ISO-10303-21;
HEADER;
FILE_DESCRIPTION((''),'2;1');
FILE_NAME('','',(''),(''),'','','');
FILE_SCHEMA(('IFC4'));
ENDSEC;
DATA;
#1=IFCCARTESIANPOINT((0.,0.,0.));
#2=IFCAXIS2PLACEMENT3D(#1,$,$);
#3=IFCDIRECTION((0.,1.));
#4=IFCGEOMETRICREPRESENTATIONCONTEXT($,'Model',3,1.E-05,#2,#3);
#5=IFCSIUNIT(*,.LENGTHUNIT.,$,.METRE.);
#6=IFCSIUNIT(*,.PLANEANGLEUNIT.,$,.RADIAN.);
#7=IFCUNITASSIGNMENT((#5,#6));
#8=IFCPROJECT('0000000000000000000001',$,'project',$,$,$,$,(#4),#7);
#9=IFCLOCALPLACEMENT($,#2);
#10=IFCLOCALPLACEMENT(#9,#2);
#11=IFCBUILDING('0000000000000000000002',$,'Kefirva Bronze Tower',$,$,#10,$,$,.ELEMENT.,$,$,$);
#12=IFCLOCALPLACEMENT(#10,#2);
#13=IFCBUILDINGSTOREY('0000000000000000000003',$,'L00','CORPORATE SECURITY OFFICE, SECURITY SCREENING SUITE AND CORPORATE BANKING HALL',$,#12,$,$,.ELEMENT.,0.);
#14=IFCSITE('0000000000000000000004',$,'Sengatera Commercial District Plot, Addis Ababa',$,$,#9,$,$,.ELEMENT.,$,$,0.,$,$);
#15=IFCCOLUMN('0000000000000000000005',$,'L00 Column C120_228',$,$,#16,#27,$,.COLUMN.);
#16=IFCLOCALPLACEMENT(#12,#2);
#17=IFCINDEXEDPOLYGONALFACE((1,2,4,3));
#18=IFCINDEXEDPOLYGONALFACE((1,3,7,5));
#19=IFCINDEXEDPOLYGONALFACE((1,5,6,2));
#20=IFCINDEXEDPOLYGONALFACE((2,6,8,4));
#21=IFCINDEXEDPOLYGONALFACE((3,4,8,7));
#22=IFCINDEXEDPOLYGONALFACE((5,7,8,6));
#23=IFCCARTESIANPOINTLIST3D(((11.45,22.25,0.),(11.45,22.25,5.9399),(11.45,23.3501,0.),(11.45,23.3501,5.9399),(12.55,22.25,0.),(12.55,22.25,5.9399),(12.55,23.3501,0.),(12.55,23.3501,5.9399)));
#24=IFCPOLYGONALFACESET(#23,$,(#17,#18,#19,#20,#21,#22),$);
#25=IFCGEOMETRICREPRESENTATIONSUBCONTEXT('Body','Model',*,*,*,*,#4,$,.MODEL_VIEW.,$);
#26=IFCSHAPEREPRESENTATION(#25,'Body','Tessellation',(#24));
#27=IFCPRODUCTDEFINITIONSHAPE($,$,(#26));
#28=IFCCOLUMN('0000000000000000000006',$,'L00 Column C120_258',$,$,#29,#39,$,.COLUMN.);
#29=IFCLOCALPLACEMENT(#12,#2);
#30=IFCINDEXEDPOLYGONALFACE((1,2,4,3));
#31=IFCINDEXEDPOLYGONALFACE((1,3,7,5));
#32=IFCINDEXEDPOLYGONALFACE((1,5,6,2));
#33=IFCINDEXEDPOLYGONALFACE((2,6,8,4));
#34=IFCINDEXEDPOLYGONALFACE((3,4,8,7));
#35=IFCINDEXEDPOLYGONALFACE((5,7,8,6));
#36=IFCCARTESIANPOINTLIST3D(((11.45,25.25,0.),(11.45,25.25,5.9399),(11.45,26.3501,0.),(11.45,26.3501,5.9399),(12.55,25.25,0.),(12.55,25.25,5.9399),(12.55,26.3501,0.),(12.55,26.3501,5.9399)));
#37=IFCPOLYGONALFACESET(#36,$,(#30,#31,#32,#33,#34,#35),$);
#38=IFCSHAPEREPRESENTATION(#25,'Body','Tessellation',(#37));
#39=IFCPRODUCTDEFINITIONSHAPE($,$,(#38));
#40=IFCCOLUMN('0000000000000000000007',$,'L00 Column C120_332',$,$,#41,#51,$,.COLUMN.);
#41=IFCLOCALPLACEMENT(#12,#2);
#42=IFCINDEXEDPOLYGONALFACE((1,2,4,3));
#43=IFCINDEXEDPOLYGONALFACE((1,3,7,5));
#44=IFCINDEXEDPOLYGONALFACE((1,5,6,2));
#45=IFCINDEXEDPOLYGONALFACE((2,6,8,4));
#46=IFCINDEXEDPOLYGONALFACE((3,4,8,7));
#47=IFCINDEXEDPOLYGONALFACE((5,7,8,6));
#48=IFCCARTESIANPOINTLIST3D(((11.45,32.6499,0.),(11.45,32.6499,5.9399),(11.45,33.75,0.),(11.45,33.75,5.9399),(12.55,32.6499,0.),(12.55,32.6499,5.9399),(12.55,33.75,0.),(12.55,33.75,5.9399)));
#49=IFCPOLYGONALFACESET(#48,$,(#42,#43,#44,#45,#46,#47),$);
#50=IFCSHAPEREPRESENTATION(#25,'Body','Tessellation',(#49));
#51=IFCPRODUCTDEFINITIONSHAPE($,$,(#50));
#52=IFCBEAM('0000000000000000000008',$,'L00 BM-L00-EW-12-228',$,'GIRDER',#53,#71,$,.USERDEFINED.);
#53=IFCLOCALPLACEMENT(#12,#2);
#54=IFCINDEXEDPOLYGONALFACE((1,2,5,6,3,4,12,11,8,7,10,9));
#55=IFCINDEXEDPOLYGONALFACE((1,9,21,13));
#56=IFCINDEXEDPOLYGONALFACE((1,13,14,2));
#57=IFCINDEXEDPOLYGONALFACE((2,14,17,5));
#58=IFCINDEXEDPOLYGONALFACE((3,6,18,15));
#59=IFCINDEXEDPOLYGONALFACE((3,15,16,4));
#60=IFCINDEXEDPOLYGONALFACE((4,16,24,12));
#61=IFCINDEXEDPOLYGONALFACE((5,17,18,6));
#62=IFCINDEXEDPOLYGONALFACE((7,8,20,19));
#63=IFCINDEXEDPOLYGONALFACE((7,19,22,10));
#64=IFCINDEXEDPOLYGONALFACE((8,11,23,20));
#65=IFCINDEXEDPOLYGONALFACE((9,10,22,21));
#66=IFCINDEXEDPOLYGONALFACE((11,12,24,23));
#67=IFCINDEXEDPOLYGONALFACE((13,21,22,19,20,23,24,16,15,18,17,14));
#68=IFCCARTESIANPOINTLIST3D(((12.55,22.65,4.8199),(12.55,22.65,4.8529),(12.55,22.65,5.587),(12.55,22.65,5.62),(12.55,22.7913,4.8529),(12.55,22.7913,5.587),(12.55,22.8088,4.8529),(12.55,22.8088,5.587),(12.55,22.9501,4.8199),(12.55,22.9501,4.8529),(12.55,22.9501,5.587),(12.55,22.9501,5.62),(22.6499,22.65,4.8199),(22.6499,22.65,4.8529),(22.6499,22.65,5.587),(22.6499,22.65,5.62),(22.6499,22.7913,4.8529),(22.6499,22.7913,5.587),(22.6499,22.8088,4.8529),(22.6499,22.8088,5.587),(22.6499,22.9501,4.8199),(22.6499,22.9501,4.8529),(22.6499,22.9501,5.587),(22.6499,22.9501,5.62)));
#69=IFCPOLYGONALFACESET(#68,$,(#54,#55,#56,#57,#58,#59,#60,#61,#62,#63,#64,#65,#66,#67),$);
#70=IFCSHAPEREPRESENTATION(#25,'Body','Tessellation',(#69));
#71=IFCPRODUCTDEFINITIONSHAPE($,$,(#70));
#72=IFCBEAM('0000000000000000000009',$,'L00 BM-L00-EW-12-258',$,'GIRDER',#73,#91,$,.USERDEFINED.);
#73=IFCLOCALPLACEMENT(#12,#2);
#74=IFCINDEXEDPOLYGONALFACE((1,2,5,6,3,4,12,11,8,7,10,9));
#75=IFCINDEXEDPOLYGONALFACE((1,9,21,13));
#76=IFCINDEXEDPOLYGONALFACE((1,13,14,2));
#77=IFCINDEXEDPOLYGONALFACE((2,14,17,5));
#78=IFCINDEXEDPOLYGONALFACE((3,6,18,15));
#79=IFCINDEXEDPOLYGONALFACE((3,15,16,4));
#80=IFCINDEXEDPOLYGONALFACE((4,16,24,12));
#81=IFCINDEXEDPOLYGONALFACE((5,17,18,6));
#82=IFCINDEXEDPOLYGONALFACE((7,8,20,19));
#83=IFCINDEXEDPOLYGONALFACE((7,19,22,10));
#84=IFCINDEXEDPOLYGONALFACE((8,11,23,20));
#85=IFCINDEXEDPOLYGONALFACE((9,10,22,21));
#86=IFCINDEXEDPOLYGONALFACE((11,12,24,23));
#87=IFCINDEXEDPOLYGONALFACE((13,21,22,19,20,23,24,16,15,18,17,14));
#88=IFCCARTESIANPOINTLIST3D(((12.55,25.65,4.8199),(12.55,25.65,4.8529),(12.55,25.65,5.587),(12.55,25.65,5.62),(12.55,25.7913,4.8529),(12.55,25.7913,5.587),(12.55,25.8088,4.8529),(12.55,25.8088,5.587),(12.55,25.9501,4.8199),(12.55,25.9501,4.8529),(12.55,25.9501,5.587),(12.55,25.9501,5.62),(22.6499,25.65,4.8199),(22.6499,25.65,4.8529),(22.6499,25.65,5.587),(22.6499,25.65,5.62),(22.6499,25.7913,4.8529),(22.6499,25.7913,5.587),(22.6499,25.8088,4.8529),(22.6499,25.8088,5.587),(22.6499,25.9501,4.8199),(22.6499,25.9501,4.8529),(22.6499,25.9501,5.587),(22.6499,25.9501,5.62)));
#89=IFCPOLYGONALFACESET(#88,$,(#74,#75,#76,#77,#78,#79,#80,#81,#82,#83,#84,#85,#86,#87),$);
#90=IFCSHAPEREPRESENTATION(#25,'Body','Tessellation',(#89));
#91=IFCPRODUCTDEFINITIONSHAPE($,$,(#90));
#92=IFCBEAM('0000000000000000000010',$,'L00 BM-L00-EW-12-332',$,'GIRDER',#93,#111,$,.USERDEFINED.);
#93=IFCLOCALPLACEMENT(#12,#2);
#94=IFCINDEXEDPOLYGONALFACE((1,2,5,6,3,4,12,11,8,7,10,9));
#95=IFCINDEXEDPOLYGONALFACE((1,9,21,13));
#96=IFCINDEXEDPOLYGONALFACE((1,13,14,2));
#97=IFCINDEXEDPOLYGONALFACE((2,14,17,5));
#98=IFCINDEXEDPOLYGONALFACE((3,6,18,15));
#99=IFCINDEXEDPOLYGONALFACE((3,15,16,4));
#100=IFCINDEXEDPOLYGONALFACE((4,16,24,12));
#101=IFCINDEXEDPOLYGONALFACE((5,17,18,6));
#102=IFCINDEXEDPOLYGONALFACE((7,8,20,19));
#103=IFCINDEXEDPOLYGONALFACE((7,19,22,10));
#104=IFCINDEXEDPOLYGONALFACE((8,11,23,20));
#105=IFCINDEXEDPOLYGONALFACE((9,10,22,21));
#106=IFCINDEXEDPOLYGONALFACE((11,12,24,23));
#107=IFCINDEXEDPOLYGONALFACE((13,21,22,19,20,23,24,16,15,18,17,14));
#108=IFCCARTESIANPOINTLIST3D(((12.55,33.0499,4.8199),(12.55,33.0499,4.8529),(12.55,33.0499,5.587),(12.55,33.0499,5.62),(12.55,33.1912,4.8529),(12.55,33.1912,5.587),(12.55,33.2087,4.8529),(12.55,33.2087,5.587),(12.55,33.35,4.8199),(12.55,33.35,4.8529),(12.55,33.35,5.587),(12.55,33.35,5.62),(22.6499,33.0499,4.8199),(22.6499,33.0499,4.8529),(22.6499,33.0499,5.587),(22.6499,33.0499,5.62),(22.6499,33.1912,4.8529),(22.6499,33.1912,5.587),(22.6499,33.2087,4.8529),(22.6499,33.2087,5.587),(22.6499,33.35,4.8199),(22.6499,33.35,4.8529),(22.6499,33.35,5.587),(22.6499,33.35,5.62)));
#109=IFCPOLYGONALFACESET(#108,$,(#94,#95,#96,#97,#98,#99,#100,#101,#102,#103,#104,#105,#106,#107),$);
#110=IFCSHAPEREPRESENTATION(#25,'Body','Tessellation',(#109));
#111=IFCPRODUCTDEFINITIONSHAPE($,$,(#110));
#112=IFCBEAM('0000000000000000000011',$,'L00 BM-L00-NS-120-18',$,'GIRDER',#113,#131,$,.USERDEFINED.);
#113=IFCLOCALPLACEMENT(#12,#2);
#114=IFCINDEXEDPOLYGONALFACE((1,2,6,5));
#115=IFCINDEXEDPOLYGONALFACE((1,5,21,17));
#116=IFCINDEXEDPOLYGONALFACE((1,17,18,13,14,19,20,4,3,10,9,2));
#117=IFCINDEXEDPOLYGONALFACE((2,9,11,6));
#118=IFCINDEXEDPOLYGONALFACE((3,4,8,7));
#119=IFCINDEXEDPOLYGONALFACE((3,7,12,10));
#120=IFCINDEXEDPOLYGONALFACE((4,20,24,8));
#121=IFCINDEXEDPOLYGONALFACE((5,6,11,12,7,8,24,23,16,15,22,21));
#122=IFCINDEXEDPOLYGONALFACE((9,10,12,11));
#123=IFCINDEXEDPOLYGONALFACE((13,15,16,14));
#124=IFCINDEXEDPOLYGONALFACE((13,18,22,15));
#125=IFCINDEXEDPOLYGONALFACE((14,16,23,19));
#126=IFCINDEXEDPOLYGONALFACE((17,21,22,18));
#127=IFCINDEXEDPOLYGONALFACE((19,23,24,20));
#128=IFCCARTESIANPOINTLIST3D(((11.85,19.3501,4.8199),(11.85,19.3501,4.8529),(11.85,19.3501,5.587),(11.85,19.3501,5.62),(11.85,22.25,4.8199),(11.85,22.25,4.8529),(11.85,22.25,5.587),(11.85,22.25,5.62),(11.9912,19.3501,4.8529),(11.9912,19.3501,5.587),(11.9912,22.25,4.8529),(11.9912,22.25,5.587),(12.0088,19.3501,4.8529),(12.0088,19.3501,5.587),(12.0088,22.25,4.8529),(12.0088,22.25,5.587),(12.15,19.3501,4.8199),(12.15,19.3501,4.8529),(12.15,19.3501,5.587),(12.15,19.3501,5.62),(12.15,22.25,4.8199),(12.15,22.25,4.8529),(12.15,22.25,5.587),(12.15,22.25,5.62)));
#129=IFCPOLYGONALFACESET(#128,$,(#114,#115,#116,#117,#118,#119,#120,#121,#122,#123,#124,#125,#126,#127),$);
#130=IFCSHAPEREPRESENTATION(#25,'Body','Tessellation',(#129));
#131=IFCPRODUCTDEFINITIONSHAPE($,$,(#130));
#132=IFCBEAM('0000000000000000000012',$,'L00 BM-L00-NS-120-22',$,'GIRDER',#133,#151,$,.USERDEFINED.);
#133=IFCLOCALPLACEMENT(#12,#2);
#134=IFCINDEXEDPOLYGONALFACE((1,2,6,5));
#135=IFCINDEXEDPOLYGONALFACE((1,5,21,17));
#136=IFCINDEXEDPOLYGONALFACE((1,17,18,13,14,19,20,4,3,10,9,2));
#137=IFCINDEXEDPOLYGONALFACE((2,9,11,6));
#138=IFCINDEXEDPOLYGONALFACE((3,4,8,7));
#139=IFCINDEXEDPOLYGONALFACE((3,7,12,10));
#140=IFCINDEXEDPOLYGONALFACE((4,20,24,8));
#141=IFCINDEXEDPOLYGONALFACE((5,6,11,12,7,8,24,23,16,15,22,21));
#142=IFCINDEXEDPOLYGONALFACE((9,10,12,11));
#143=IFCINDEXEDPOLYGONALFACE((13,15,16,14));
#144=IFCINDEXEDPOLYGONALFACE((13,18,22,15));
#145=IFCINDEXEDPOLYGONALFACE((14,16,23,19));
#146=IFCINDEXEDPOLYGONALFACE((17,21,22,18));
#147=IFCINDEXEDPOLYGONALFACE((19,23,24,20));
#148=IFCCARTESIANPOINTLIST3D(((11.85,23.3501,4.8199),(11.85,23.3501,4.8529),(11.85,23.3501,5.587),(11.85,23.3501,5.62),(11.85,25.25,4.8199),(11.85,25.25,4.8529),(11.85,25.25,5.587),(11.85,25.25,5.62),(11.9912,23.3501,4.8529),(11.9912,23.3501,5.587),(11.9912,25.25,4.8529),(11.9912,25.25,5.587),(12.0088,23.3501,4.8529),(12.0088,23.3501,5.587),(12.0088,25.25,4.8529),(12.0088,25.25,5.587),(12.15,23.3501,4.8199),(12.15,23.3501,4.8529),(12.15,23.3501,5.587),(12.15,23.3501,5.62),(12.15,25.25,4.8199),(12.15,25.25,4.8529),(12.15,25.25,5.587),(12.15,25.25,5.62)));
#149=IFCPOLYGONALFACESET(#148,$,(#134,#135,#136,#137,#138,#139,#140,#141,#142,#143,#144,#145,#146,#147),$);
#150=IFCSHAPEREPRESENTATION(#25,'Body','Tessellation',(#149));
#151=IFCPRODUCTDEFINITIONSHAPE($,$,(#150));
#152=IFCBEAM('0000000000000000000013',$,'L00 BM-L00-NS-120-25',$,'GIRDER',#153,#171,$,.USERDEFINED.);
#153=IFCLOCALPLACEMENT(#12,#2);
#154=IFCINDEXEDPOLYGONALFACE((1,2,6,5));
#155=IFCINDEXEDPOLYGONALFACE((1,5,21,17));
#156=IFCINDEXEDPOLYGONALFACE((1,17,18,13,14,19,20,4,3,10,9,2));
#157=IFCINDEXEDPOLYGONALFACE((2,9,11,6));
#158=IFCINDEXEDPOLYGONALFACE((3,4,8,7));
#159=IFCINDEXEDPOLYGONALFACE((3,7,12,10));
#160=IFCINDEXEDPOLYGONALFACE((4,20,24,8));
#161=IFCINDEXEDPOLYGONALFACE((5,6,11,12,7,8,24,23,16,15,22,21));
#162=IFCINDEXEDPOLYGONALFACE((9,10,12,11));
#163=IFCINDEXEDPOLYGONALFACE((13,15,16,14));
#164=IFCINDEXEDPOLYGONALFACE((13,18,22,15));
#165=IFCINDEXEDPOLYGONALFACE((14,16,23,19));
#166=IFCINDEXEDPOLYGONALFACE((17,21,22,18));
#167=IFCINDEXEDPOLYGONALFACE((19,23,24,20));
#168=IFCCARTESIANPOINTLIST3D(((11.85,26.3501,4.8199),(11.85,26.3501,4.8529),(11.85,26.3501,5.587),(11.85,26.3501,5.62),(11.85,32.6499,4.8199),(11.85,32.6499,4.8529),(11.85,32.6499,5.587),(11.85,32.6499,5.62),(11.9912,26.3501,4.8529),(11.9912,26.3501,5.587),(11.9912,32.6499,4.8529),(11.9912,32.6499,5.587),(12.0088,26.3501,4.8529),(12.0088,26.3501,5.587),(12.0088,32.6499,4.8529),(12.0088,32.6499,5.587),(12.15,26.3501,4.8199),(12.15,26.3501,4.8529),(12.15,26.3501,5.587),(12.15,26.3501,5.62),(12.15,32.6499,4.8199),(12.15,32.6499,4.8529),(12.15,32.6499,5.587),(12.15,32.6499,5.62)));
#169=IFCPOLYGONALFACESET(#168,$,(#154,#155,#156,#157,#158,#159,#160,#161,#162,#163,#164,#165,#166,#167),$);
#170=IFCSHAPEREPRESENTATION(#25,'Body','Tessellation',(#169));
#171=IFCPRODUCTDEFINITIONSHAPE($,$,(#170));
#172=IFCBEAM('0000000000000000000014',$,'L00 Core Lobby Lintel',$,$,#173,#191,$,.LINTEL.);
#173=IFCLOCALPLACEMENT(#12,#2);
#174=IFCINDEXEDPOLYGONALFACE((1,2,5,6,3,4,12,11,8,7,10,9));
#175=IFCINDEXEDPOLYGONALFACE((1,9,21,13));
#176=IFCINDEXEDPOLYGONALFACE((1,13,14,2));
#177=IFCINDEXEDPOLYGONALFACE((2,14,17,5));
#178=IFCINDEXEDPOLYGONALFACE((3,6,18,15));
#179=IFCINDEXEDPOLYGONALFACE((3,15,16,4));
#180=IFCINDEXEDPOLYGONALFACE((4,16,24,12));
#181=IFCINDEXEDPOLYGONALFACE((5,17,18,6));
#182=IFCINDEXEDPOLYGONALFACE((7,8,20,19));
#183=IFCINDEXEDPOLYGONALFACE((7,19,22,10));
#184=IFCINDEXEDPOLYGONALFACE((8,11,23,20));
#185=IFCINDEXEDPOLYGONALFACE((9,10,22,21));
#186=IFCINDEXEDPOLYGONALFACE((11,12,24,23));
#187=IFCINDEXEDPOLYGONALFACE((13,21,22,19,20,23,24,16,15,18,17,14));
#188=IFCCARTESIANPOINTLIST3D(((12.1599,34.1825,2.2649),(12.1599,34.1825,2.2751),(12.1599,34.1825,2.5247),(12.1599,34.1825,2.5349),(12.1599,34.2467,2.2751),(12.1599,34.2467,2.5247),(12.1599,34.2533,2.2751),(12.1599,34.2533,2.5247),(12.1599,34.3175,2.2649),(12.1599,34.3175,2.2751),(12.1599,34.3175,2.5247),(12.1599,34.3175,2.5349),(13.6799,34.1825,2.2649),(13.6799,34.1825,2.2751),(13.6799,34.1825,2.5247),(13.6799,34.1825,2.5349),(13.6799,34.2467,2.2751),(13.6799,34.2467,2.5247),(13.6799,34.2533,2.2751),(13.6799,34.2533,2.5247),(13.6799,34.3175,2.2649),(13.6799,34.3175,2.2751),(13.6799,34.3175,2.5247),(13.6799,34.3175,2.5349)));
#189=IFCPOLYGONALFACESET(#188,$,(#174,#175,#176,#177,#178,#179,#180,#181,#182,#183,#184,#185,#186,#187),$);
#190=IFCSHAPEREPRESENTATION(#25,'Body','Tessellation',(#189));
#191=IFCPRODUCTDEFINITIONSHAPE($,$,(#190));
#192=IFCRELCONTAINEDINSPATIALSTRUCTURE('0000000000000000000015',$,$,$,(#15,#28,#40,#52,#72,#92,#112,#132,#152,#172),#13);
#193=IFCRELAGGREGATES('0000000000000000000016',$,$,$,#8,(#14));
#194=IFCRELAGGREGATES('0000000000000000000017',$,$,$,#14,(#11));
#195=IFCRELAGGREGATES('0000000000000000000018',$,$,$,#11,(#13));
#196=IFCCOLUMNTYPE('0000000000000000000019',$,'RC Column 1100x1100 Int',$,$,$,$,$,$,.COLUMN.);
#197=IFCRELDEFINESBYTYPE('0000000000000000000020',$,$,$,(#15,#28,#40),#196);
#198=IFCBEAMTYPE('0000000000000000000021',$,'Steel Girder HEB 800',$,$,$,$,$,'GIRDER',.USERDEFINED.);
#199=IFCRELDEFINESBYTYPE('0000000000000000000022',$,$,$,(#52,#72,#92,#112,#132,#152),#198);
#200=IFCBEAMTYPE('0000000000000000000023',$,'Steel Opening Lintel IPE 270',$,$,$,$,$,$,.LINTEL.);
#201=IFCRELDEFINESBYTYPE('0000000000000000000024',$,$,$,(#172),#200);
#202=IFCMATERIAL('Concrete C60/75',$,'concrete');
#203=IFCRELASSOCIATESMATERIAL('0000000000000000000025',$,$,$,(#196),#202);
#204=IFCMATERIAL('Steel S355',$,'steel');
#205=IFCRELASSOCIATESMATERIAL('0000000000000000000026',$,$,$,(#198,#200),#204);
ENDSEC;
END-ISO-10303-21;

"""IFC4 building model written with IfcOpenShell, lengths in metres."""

from ifc_helpers import new_model, si_unit, direction, frame, origin, origin_2d, place, context, subcontext, project, spatial, rectangle, i_section, extrude, material, material_profile, profile_set, type_object, element, save


model = new_model("IFC4")

# Units and contexts
model_context = context("Model", 3, precision=1e-05, world=origin(), true_north=direction((0.0, 1.0)))
body_context = subcontext(model_context, "Body", "Model", "MODEL_VIEW")
ifc_project = project(units=[si_unit("LENGTHUNIT", "METRE"), si_unit("PLANEANGLEUNIT", "RADIAN")], contexts=[model_context])

# Site, building, storey
site_placement = place(None, origin())
site = spatial("IfcSite", under=ifc_project, at=site_placement, Name="Sengatera Commercial District Plot, Addis Ababa", CompositionType="ELEMENT", RefElevation=0.0)
building_placement = place(site_placement, origin())
building = spatial("IfcBuilding", under=site, at=building_placement, Name="Kefirva Bronze Tower", CompositionType="ELEMENT")
storey_placement = place(building_placement, origin())
storey = spatial("IfcBuildingStorey", under=building, at=storey_placement, Name="L00", Description="CORPORATE SECURITY OFFICE, SECURITY SCREENING SUITE AND CORPORATE BANKING HALL", CompositionType="ELEMENT", Elevation=0.0)

# Columns
ifc_material_1 = material(Name="Concrete C60/75", Category="concrete")
ifc_material_profile_1 = material_profile(ifc_material_1, rectangle(XDim=1.1001, YDim=1.1001, at=origin_2d()), Name="RC 1100x1100")
ifc_profile_set_1 = profile_set([ifc_material_profile_1], Name="Concrete C60/75")
column_type = type_object("IfcColumnType", Name="RC Column 1100x1100 Int", PredefinedType="COLUMN", material=ifc_profile_set_1)
for number, where, z_axis, x_axis, name in (
    (1, (12.0, 22.8, 0.0), (0.0, 0.0, 1.0), (1.0, 0.0, 0.0), "L00 Column C120_228"),
    (2, (12.0, 25.8, 0.0), (0.0, 0.0, 1.0), (1.0, 0.0, 0.0), "L00 Column C120_258"),
    (3, (12.0, 33.2, 0.0), (0.0, 0.0, 1.0), (1.0, 0.0, 0.0), "L00 Column C120_332"),
):
    element("IfcColumn", number, at=place(storey_placement, frame(where, z_axis=z_axis, x_axis=x_axis)), inside=storey, type_object=column_type, Name=name, PredefinedType="COLUMN", context=body_context, shape_type="SweptSolid", body=[
        extrude(rectangle(XDim=1.1001, YDim=1.1001, at=origin_2d()), origin(), (0.0, 0.0, 1.0), 5.9399),
    ])

# Beams
ifc_material_2 = material(Name="Steel S355", Category="steel")
ifc_material_profile_2 = material_profile(ifc_material_2, i_section(OverallWidth=0.3, OverallDepth=0.8, WebThickness=0.0176, FlangeThickness=0.033, at=origin_2d()), Name="HEB 800")
ifc_profile_set_2 = profile_set([ifc_material_profile_2], Name="Steel S355")
beam_type_1 = type_object("IfcBeamType", Name="Steel Girder HEB 800", ElementType="GIRDER", PredefinedType="USERDEFINED", material=ifc_profile_set_2)
for number, where, z_axis, x_axis, name in (
    (4, (12.55, 22.8, 5.22), (1.0, 0.0, 0.0), (0.0, 1.0, 0.0), "L00 BM-L00-EW-12-228"),
    (5, (12.55, 25.8, 5.22), (1.0, 0.0, 0.0), (0.0, 1.0, 0.0), "L00 BM-L00-EW-12-258"),
    (6, (12.55, 33.2, 5.22), (1.0, 0.0, 0.0), (0.0, 1.0, 0.0), "L00 BM-L00-EW-12-332"),
):
    element("IfcBeam", number, at=place(storey_placement, frame(where, z_axis=z_axis, x_axis=x_axis)), inside=storey, type_object=beam_type_1, Name=name, ObjectType="GIRDER", PredefinedType="USERDEFINED", context=body_context, shape_type="SweptSolid", body=[
        extrude(i_section(OverallWidth=0.3, OverallDepth=0.8, WebThickness=0.0176, FlangeThickness=0.033, at=origin_2d()), origin(), (0.0, 0.0, 1.0), 10.0999),
    ])
beam_1_placement = place(storey_placement, frame((12.0, 19.3501, 5.22), z_axis=(0.0, 1.0, 0.0), x_axis=(-1.0, 0.0, 0.0)))
element("IfcBeam", 7, at=beam_1_placement, inside=storey, type_object=beam_type_1, Name="L00 BM-L00-NS-120-18", ObjectType="GIRDER", PredefinedType="USERDEFINED", context=body_context, shape_type="SweptSolid", body=[
    extrude(i_section(OverallWidth=0.3, OverallDepth=0.8, WebThickness=0.0176, FlangeThickness=0.033, at=origin_2d()), origin(), (0.0, 0.0, 1.0), 2.8999),
])
beam_2_placement = place(storey_placement, frame((12.0, 23.3501, 5.22), z_axis=(0.0, 1.0, 0.0), x_axis=(-1.0, 0.0, 0.0)))
element("IfcBeam", 8, at=beam_2_placement, inside=storey, type_object=beam_type_1, Name="L00 BM-L00-NS-120-22", ObjectType="GIRDER", PredefinedType="USERDEFINED", context=body_context, shape_type="SweptSolid", body=[
    extrude(i_section(OverallWidth=0.3, OverallDepth=0.8, WebThickness=0.0176, FlangeThickness=0.033, at=origin_2d()), origin(), (0.0, 0.0, 1.0), 1.8999),
])
beam_3_placement = place(storey_placement, frame((12.0, 26.3501, 5.22), z_axis=(0.0, 1.0, 0.0), x_axis=(-1.0, 0.0, 0.0)))
element("IfcBeam", 9, at=beam_3_placement, inside=storey, type_object=beam_type_1, Name="L00 BM-L00-NS-120-25", ObjectType="GIRDER", PredefinedType="USERDEFINED", context=body_context, shape_type="SweptSolid", body=[
    extrude(i_section(OverallWidth=0.3, OverallDepth=0.8, WebThickness=0.0176, FlangeThickness=0.033, at=origin_2d()), origin(), (0.0, 0.0, 1.0), 6.2998),
])
ifc_material_profile_3 = material_profile(ifc_material_2, i_section(OverallWidth=0.135, OverallDepth=0.27, WebThickness=0.0066, FlangeThickness=0.0103, at=origin_2d()), Name="IPE 270")
ifc_profile_set_3 = profile_set([ifc_material_profile_3], Name="Steel S355")
beam_type_2 = type_object("IfcBeamType", Name="Steel Opening Lintel IPE 270", PredefinedType="LINTEL", material=ifc_profile_set_3)
beam_4_placement = place(storey_placement, frame((12.1599, 34.25, 2.3999), z_axis=(1.0, 0.0, 0.0), x_axis=(0.0, 1.0, 0.0)))
element("IfcBeam", 10, at=beam_4_placement, inside=storey, type_object=beam_type_2, Name="L00 Core Lobby Lintel", PredefinedType="LINTEL", context=body_context, shape_type="SweptSolid", body=[
    extrude(i_section(OverallWidth=0.135, OverallDepth=0.27, WebThickness=0.0066, FlangeThickness=0.0103, at=origin_2d()), origin(), (0.0, 0.0, 1.0), 1.52),
])

save(model, "model.ifc")
